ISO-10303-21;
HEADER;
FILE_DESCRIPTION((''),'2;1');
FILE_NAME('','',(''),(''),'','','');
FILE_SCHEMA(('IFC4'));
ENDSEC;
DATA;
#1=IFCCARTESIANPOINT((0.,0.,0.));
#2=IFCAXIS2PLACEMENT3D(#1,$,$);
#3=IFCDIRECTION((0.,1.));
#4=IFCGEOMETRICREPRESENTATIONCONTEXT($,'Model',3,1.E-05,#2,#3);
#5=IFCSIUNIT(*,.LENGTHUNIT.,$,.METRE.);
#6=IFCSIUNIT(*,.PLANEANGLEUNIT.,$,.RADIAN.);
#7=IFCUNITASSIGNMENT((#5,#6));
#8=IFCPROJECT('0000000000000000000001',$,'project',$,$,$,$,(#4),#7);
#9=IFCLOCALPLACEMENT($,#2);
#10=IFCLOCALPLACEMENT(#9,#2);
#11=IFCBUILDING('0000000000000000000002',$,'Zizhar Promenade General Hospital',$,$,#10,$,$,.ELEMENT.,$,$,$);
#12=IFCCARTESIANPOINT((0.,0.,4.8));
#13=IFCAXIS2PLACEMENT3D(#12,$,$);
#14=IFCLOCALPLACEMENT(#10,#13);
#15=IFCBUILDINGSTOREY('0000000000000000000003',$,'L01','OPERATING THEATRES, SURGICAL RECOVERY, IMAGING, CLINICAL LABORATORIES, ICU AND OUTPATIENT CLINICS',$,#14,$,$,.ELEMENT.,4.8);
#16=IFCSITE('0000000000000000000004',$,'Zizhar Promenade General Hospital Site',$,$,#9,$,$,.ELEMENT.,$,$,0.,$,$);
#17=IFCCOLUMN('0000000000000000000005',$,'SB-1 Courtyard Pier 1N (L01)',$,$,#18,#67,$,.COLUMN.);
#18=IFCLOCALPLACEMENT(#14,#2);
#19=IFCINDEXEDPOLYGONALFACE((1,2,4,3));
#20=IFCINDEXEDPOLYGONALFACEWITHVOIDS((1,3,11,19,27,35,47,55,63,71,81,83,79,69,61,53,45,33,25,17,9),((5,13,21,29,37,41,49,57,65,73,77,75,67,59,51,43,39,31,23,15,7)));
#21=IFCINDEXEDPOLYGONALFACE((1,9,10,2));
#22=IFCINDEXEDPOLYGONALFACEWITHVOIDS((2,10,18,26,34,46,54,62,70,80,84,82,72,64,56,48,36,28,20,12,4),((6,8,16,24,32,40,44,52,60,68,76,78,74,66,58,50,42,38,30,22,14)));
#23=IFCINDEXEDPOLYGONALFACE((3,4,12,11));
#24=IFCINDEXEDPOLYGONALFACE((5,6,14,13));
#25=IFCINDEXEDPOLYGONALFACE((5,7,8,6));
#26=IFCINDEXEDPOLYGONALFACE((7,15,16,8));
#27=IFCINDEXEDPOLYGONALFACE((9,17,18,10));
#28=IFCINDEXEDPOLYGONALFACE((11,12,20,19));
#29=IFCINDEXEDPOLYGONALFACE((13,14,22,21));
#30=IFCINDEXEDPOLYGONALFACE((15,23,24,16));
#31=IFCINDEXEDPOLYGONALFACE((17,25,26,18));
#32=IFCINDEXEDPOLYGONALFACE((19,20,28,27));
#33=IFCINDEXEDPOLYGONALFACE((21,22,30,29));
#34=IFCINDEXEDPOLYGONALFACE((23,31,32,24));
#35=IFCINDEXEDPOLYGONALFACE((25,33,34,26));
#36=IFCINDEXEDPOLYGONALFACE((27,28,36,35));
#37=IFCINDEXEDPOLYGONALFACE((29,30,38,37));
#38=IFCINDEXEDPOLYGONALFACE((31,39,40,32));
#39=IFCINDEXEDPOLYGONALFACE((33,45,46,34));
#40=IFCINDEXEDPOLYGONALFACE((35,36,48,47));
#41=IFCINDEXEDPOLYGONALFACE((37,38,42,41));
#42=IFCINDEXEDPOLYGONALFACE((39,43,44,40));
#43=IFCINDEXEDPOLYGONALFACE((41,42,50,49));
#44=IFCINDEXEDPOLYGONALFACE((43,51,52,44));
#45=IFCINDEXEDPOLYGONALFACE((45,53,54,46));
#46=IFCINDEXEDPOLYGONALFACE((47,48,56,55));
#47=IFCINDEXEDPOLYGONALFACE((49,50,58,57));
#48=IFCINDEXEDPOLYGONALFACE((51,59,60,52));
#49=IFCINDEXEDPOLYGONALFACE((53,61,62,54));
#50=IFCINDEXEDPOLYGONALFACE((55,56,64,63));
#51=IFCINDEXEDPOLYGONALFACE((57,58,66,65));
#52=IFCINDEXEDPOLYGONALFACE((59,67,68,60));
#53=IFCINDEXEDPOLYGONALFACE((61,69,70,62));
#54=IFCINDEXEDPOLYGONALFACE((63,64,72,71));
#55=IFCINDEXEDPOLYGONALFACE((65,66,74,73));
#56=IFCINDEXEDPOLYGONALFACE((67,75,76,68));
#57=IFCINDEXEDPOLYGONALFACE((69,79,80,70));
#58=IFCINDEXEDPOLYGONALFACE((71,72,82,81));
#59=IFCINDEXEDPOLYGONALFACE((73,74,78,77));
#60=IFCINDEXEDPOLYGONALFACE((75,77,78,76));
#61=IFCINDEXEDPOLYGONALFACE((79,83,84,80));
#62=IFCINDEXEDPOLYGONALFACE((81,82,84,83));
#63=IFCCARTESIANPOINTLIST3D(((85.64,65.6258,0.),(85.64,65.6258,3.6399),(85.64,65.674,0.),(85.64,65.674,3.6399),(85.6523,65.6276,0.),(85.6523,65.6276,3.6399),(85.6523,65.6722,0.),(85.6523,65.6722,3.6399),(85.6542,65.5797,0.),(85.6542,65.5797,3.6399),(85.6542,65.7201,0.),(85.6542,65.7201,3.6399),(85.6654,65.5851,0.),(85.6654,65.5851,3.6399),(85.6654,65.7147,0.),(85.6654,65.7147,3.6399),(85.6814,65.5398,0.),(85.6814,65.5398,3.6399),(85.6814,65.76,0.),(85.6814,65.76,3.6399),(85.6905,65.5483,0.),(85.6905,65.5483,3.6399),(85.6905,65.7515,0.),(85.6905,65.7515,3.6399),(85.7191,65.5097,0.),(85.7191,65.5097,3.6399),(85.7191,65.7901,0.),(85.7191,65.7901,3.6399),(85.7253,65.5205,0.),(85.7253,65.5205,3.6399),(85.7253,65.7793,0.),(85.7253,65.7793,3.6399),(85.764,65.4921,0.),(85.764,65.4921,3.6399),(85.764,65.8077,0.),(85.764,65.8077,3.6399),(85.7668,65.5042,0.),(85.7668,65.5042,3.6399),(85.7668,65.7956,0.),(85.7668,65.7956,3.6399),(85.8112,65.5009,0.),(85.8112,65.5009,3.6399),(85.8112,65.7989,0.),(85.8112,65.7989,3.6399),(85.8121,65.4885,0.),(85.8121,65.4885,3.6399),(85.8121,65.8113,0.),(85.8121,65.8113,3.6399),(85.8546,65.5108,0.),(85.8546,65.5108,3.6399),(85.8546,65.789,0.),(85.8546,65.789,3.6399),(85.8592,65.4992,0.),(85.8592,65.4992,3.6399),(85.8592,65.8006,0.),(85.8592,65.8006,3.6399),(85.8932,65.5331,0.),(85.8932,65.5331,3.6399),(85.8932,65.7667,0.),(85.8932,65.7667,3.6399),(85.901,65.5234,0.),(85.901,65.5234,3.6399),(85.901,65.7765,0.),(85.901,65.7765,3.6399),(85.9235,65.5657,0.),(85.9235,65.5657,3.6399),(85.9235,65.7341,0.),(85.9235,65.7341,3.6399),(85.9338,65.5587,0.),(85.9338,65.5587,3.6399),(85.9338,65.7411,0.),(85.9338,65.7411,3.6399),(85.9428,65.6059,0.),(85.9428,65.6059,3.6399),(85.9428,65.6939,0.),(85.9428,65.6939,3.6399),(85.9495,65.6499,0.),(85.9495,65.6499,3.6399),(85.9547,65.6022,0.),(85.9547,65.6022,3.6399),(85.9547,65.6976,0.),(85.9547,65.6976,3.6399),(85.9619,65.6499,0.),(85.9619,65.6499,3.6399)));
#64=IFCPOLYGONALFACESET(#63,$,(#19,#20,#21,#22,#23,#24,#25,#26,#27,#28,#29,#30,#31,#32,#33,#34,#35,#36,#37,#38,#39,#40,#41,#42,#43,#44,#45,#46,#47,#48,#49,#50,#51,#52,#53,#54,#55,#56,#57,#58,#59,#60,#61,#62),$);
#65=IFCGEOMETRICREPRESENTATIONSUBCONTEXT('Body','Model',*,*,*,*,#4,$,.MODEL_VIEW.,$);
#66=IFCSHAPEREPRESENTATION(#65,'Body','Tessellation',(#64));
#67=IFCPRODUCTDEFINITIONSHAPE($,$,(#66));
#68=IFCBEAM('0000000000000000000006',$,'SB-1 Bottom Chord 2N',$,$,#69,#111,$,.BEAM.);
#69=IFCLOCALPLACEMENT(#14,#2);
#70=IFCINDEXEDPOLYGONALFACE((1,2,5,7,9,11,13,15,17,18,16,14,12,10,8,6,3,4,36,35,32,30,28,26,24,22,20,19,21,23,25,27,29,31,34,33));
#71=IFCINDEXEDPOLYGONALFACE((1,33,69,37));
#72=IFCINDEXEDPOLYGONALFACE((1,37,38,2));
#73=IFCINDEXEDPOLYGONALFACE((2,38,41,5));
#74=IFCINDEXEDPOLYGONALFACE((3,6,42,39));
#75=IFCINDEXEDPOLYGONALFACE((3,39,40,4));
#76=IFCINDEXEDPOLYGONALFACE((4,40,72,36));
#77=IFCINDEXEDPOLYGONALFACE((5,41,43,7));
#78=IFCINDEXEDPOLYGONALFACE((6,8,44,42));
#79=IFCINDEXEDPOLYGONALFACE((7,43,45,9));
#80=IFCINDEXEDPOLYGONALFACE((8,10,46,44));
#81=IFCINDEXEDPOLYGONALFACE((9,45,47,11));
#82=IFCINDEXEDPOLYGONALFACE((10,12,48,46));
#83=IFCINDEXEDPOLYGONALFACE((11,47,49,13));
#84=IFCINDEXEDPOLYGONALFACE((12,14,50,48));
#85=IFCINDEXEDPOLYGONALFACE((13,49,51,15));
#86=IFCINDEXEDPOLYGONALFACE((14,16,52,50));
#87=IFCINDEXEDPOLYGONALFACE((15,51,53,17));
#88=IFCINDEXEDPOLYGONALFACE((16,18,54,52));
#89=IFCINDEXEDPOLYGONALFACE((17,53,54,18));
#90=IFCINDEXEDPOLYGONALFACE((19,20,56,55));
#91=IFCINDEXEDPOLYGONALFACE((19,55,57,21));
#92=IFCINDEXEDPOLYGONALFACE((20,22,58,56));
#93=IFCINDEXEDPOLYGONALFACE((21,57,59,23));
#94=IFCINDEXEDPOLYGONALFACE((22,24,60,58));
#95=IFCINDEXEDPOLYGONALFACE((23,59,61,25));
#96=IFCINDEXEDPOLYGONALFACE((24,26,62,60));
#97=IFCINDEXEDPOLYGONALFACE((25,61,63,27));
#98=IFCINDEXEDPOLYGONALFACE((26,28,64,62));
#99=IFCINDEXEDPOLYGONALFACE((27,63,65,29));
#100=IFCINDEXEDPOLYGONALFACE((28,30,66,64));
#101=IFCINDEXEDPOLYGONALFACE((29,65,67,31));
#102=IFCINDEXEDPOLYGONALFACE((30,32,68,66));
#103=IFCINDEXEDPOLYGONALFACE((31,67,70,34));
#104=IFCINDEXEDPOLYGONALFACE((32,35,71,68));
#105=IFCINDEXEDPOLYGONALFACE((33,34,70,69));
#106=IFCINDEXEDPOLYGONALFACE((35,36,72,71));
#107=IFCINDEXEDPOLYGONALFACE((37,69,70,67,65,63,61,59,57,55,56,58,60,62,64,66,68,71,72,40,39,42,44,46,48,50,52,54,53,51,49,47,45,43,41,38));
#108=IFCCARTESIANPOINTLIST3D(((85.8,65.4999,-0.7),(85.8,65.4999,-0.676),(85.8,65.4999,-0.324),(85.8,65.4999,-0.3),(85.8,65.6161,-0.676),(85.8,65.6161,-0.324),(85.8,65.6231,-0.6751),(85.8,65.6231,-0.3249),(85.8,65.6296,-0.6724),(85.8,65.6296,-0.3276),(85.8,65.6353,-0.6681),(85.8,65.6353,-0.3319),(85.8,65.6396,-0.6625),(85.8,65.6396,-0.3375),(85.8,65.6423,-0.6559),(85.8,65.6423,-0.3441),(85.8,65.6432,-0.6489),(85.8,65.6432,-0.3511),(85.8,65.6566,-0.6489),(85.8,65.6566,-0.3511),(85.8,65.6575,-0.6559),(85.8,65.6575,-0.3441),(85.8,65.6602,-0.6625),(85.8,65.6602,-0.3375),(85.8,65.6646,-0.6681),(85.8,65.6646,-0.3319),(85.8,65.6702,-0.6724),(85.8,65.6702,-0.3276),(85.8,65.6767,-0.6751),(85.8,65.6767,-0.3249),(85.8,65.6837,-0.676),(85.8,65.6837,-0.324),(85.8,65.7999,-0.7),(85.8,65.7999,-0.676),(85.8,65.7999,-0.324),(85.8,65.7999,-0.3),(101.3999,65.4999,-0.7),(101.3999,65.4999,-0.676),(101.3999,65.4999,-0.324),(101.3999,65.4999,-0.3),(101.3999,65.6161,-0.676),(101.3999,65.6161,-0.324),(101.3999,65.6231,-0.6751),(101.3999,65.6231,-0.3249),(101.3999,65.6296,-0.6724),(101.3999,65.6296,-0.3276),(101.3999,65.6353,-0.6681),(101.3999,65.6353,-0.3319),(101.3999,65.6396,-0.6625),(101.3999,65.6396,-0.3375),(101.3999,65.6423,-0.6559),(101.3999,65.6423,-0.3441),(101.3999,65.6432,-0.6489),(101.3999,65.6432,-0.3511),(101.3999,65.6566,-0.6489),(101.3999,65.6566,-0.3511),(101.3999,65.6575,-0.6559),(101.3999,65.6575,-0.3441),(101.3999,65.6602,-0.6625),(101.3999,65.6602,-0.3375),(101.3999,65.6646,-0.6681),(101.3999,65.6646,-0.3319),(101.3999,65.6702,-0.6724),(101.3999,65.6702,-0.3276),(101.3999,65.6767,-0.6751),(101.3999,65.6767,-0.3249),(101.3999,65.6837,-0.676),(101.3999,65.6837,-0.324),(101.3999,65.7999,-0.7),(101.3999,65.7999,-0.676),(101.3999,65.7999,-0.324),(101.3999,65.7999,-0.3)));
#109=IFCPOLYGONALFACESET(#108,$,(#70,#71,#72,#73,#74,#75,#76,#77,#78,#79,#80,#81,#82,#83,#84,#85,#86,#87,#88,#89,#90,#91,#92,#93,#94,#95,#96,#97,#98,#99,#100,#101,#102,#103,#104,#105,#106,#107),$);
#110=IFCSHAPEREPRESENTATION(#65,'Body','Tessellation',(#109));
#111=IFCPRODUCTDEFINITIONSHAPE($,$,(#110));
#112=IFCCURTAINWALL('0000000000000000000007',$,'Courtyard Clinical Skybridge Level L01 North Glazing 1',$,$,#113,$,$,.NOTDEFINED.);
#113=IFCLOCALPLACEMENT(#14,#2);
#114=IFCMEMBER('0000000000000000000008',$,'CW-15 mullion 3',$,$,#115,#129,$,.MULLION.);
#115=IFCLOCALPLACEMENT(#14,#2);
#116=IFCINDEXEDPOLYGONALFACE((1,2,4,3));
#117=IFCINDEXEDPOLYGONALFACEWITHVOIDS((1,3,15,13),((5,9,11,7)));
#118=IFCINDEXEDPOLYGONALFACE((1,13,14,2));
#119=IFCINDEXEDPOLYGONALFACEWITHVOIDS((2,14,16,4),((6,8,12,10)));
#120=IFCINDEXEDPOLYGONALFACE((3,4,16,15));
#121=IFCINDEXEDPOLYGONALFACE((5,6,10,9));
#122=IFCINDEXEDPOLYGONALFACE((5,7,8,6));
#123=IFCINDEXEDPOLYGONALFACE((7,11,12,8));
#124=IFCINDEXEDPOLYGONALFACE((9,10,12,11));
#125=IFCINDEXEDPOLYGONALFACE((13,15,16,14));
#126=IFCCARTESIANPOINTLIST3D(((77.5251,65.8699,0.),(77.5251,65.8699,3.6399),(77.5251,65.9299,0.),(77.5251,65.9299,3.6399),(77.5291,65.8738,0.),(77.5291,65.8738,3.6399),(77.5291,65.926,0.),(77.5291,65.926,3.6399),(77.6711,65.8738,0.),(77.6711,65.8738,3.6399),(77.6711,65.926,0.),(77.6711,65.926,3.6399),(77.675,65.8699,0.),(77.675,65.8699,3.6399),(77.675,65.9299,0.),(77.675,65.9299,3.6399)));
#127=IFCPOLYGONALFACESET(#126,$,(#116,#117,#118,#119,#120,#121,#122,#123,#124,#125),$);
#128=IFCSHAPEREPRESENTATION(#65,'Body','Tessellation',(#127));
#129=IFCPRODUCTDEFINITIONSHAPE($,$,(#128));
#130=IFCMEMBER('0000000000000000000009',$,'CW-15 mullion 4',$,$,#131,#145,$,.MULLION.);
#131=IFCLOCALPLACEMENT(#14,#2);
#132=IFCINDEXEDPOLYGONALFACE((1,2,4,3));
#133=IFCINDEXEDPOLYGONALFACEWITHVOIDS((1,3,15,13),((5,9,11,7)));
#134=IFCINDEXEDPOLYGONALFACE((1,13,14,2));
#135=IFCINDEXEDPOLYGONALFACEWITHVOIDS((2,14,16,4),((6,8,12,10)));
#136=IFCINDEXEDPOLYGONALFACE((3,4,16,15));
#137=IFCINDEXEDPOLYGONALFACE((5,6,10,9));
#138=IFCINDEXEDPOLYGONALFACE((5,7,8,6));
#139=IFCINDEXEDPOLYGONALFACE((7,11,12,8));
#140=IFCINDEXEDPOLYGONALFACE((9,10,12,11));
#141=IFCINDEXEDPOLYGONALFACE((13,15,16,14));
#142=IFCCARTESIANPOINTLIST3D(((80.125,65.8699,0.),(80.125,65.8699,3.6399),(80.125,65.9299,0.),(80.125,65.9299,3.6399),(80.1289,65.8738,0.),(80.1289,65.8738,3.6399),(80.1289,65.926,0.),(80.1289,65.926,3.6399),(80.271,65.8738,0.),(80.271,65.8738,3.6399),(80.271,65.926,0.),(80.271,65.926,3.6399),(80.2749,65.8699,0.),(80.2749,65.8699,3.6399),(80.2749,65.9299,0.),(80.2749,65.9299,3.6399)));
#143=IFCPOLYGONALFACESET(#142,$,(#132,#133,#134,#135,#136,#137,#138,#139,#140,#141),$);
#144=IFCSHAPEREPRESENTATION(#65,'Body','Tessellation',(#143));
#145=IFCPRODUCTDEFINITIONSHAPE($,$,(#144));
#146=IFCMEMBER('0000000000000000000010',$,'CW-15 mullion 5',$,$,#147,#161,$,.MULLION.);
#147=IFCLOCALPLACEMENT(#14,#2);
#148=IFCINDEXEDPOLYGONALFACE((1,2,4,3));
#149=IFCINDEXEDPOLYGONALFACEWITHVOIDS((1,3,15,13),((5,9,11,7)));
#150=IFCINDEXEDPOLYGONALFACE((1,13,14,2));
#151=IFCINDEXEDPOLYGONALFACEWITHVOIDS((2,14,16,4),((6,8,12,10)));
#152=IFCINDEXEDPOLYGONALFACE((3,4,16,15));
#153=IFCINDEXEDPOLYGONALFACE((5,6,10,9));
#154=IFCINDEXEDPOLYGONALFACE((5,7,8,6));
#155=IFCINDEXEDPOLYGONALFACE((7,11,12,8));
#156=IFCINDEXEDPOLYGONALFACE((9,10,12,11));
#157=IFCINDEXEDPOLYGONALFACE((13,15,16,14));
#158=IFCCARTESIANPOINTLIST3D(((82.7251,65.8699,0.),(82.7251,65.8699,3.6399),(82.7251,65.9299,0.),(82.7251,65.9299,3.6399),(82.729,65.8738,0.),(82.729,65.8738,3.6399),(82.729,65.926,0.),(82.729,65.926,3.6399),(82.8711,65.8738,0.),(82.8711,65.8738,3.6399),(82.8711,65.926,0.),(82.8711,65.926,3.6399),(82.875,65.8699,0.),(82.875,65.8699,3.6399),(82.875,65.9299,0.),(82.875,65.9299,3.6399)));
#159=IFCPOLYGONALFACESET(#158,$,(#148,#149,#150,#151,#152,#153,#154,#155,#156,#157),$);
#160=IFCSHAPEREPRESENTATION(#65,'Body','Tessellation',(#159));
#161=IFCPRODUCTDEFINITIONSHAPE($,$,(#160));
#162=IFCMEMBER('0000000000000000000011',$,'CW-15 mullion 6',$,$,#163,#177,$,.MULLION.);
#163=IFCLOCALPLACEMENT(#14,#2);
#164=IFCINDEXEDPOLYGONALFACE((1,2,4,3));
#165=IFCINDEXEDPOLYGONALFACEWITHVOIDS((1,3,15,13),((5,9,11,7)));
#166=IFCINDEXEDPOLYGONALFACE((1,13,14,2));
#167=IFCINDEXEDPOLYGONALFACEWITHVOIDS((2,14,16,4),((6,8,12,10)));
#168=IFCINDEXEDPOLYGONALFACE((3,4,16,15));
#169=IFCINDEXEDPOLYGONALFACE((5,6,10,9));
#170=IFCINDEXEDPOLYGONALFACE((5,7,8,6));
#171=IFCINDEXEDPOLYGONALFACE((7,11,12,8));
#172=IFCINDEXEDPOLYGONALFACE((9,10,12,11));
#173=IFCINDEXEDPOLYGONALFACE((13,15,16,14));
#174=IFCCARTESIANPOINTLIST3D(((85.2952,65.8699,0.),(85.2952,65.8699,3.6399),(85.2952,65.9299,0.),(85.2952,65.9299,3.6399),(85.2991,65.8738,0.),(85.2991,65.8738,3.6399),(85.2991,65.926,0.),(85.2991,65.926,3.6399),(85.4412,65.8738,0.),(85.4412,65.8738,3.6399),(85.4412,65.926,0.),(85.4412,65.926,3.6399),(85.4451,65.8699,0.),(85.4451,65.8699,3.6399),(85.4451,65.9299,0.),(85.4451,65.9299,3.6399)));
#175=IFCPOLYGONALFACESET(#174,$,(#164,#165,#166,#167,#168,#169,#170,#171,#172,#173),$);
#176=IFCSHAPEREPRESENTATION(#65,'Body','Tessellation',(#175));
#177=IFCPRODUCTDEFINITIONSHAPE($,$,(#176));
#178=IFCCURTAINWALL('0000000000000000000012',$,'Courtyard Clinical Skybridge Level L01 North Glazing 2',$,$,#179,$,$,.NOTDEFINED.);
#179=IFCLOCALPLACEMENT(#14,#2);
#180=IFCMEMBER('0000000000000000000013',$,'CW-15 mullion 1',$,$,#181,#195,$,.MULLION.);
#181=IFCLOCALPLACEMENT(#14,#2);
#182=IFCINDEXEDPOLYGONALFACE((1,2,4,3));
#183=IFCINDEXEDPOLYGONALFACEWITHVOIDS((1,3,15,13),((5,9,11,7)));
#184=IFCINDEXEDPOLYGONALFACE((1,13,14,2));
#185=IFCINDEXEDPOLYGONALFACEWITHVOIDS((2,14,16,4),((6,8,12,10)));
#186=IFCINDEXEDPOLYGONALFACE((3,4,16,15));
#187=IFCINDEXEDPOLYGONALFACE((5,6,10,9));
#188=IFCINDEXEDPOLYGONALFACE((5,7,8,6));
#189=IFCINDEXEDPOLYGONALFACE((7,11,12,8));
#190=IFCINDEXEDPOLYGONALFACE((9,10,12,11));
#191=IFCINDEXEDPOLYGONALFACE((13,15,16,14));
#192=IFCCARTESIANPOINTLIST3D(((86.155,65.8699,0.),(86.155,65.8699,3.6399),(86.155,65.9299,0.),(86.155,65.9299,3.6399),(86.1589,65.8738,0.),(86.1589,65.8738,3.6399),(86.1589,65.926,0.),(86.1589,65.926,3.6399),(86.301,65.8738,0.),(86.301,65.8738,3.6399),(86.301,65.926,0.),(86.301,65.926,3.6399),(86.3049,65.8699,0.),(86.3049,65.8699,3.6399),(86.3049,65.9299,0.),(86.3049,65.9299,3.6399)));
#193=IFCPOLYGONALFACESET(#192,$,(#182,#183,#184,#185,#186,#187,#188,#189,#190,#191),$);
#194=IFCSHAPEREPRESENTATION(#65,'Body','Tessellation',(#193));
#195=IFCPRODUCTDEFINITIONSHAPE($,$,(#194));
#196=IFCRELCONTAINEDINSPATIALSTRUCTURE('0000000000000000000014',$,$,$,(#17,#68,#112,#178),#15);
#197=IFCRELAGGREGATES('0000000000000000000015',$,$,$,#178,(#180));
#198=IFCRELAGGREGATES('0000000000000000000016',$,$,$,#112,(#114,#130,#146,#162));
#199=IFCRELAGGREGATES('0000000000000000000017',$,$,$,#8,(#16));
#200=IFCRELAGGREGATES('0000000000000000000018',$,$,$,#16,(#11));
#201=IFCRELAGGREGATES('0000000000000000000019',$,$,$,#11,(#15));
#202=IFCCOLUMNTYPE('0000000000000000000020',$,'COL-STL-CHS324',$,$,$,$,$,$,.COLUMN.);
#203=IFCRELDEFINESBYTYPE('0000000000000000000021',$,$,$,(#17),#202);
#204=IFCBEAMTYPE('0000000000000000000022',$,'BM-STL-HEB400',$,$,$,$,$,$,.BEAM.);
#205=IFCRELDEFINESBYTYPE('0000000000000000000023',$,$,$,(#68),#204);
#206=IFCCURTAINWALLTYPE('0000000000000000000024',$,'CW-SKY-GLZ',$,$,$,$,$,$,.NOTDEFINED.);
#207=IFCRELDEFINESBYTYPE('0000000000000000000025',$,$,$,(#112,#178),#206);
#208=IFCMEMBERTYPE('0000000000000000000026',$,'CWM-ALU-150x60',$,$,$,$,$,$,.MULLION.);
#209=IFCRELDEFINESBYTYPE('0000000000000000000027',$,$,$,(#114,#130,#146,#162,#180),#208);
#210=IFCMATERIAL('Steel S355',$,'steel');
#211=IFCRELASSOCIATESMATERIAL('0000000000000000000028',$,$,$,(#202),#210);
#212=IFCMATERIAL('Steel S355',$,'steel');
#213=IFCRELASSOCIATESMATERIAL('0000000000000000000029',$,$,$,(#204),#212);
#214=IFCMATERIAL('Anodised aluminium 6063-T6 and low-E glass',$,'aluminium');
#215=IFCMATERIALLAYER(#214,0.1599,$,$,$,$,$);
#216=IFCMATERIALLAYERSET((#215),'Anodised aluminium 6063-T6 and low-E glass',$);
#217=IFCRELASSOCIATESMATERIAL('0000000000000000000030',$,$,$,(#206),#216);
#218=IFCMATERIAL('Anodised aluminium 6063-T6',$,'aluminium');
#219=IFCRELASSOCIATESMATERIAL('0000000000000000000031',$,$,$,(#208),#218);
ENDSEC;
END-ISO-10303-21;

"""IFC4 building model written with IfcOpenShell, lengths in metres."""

from ifc_helpers import new_model, si_unit, direction, frame, origin, origin_2d, place, context, subcontext, project, spatial, hollow_rectangle, hollow_circle, i_section, extrude, material, layer, layer_set, material_profile, profile_set, type_object, element, aggregate, save


model = new_model("IFC4")

# Units and contexts
model_context = context("Model", 3, precision=1e-05, world=origin(), true_north=direction((0.0, 1.0)))
body_context = subcontext(model_context, "Body", "Model", "MODEL_VIEW")
ifc_project = project(units=[si_unit("LENGTHUNIT", "METRE"), si_unit("PLANEANGLEUNIT", "RADIAN")], contexts=[model_context])

# Site, building, storey
site_placement = place(None, origin())
site = spatial("IfcSite", under=ifc_project, at=site_placement, Name="Zizhar Promenade General Hospital Site", CompositionType="ELEMENT", RefElevation=0.0)
building_placement = place(site_placement, origin())
building = spatial("IfcBuilding", under=site, at=building_placement, Name="Zizhar Promenade General Hospital", CompositionType="ELEMENT")
storey_placement = place(building_placement, frame((0.0, 0.0, 4.8)))
storey = spatial("IfcBuildingStorey", under=building, at=storey_placement, Name="L01", Description="OPERATING THEATRES, SURGICAL RECOVERY, IMAGING, CLINICAL LABORATORIES, ICU AND OUTPATIENT CLINICS", CompositionType="ELEMENT", Elevation=4.8)

# Column
ifc_material_1 = material(Name="Steel S355", Category="steel")
ifc_material_profile_1 = material_profile(ifc_material_1, hollow_circle(Radius=0.1619, WallThickness=0.0125, at=origin_2d()))
ifc_profile_set_1 = profile_set([ifc_material_profile_1], Name="Steel S355")
column_type = type_object("IfcColumnType", Name="COL-STL-CHS324", PredefinedType="COLUMN", material=ifc_profile_set_1)
column_placement = place(storey_placement, frame((85.8, 65.6499, 0.0), z_axis=(0.0, 0.0, 1.0), x_axis=(1.0, 0.0, 0.0)))
element("IfcColumn", 1, at=column_placement, inside=storey, type_object=column_type, Name="SB-1 Courtyard Pier 1N (L01)", PredefinedType="COLUMN", context=body_context, shape_type="SweptSolid", body=[
    extrude(hollow_circle(Radius=0.1619, WallThickness=0.0125, at=origin_2d()), origin(), (0.0, 0.0, 1.0), 3.6399),
])

# Beam
ifc_material_2 = material(Name="Steel S355", Category="steel")
ifc_material_profile_2 = material_profile(ifc_material_2, i_section(OverallWidth=0.3, OverallDepth=0.3999, WebThickness=0.0134, FlangeThickness=0.0239, FilletRadius=0.0271, at=origin_2d()))
ifc_profile_set_2 = profile_set([ifc_material_profile_2], Name="Steel S355")
beam_type = type_object("IfcBeamType", Name="BM-STL-HEB400", PredefinedType="BEAM", material=ifc_profile_set_2)
beam_placement = place(storey_placement, frame((85.8, 65.6499, -0.5), z_axis=(1.0, 0.0, 0.0), x_axis=(0.0, 1.0, 0.0)))
element("IfcBeam", 2, at=beam_placement, inside=storey, type_object=beam_type, Name="SB-1 Bottom Chord 2N", PredefinedType="BEAM", context=body_context, shape_type="SweptSolid", body=[
    extrude(i_section(OverallWidth=0.3, OverallDepth=0.3999, WebThickness=0.0134, FlangeThickness=0.0239, FilletRadius=0.0271, at=origin_2d()), origin(), (0.0, 0.0, 1.0), 15.5999),
])

# Curtain wall, members
ifc_material_3 = material(Name="Anodised aluminium 6063-T6 and low-E glass", Category="aluminium")
ifc_layer_1 = layer(ifc_material_3, 0.1599)
ifc_layer_set_1 = layer_set([ifc_layer_1], Name="Anodised aluminium 6063-T6 and low-E glass")
curtain_wall_type = type_object("IfcCurtainWallType", Name="CW-SKY-GLZ", PredefinedType="NOTDEFINED", material=ifc_layer_set_1)
curtain_wall_1_placement = place(storey_placement, origin())
curtain_wall_1 = element("IfcCurtainWall", 3, at=curtain_wall_1_placement, inside=storey, type_object=curtain_wall_type, Name="Courtyard Clinical Skybridge Level L01 North Glazing 1", PredefinedType="NOTDEFINED")
ifc_material_4 = material(Name="Anodised aluminium 6063-T6", Category="aluminium")
ifc_material_profile_3 = material_profile(ifc_material_4, hollow_rectangle(XDim=0.0601, YDim=0.1499, WallThickness=0.0039, at=origin_2d()))
ifc_profile_set_3 = profile_set([ifc_material_profile_3], Name="Anodised aluminium 6063-T6")
member_type_1 = type_object("IfcMemberType", Name="CWM-ALU-150x60", PredefinedType="MULLION", material=ifc_profile_set_3)
member_1_placement = place(storey_placement, frame((77.6001, 65.8999, 0.0), z_axis=(0.0, 0.0, 1.0), x_axis=(0.0, 1.0, 0.0)))
member_1 = element("IfcMember", 4, at=member_1_placement, type_object=member_type_1, Name="CW-15 mullion 3", PredefinedType="MULLION", context=body_context, shape_type="SweptSolid", body=[
    extrude(hollow_rectangle(XDim=0.0601, YDim=0.1499, WallThickness=0.0039, at=origin_2d()), origin(), (0.0, 0.0, 1.0), 3.6399),
])
member_2_placement = place(storey_placement, frame((80.2, 65.8999, 0.0), z_axis=(0.0, 0.0, 1.0), x_axis=(0.0, 1.0, 0.0)))
member_2 = element("IfcMember", 5, at=member_2_placement, type_object=member_type_1, Name="CW-15 mullion 4", PredefinedType="MULLION", context=body_context, shape_type="SweptSolid", body=[
    extrude(hollow_rectangle(XDim=0.0601, YDim=0.1499, WallThickness=0.0039, at=origin_2d()), origin(), (0.0, 0.0, 1.0), 3.6399),
])
member_3_placement = place(storey_placement, frame((82.8, 65.8999, 0.0), z_axis=(0.0, 0.0, 1.0), x_axis=(0.0, 1.0, 0.0)))
member_3 = element("IfcMember", 6, at=member_3_placement, type_object=member_type_1, Name="CW-15 mullion 5", PredefinedType="MULLION", context=body_context, shape_type="SweptSolid", body=[
    extrude(hollow_rectangle(XDim=0.0601, YDim=0.1499, WallThickness=0.0039, at=origin_2d()), origin(), (0.0, 0.0, 1.0), 3.6399),
])
member_4_placement = place(storey_placement, frame((85.3701, 65.8999, 0.0), z_axis=(0.0, 0.0, 1.0), x_axis=(0.0, 1.0, 0.0)))
member_4 = element("IfcMember", 7, at=member_4_placement, type_object=member_type_1, Name="CW-15 mullion 6", PredefinedType="MULLION", context=body_context, shape_type="SweptSolid", body=[
    extrude(hollow_rectangle(XDim=0.0601, YDim=0.1499, WallThickness=0.0039, at=origin_2d()), origin(), (0.0, 0.0, 1.0), 3.6399),
])

# Curtain wall, member
curtain_wall_2_placement = place(storey_placement, origin())
curtain_wall_2 = element("IfcCurtainWall", 8, at=curtain_wall_2_placement, inside=storey, type_object=curtain_wall_type, Name="Courtyard Clinical Skybridge Level L01 North Glazing 2", PredefinedType="NOTDEFINED")
member_5_placement = place(storey_placement, frame((86.23, 65.8999, 0.0), z_axis=(0.0, 0.0, 1.0), x_axis=(0.0, 1.0, 0.0)))
member_5 = element("IfcMember", 9, at=member_5_placement, type_object=member_type_1, Name="CW-15 mullion 1", PredefinedType="MULLION", context=body_context, shape_type="SweptSolid", body=[
    extrude(hollow_rectangle(XDim=0.0601, YDim=0.1499, WallThickness=0.0039, at=origin_2d()), origin(), (0.0, 0.0, 1.0), 3.6399),
])
aggregate(curtain_wall_2, [member_5])

aggregate(curtain_wall_1, [member_1, member_2, member_3, member_4])

save(model, "model.ifc")
